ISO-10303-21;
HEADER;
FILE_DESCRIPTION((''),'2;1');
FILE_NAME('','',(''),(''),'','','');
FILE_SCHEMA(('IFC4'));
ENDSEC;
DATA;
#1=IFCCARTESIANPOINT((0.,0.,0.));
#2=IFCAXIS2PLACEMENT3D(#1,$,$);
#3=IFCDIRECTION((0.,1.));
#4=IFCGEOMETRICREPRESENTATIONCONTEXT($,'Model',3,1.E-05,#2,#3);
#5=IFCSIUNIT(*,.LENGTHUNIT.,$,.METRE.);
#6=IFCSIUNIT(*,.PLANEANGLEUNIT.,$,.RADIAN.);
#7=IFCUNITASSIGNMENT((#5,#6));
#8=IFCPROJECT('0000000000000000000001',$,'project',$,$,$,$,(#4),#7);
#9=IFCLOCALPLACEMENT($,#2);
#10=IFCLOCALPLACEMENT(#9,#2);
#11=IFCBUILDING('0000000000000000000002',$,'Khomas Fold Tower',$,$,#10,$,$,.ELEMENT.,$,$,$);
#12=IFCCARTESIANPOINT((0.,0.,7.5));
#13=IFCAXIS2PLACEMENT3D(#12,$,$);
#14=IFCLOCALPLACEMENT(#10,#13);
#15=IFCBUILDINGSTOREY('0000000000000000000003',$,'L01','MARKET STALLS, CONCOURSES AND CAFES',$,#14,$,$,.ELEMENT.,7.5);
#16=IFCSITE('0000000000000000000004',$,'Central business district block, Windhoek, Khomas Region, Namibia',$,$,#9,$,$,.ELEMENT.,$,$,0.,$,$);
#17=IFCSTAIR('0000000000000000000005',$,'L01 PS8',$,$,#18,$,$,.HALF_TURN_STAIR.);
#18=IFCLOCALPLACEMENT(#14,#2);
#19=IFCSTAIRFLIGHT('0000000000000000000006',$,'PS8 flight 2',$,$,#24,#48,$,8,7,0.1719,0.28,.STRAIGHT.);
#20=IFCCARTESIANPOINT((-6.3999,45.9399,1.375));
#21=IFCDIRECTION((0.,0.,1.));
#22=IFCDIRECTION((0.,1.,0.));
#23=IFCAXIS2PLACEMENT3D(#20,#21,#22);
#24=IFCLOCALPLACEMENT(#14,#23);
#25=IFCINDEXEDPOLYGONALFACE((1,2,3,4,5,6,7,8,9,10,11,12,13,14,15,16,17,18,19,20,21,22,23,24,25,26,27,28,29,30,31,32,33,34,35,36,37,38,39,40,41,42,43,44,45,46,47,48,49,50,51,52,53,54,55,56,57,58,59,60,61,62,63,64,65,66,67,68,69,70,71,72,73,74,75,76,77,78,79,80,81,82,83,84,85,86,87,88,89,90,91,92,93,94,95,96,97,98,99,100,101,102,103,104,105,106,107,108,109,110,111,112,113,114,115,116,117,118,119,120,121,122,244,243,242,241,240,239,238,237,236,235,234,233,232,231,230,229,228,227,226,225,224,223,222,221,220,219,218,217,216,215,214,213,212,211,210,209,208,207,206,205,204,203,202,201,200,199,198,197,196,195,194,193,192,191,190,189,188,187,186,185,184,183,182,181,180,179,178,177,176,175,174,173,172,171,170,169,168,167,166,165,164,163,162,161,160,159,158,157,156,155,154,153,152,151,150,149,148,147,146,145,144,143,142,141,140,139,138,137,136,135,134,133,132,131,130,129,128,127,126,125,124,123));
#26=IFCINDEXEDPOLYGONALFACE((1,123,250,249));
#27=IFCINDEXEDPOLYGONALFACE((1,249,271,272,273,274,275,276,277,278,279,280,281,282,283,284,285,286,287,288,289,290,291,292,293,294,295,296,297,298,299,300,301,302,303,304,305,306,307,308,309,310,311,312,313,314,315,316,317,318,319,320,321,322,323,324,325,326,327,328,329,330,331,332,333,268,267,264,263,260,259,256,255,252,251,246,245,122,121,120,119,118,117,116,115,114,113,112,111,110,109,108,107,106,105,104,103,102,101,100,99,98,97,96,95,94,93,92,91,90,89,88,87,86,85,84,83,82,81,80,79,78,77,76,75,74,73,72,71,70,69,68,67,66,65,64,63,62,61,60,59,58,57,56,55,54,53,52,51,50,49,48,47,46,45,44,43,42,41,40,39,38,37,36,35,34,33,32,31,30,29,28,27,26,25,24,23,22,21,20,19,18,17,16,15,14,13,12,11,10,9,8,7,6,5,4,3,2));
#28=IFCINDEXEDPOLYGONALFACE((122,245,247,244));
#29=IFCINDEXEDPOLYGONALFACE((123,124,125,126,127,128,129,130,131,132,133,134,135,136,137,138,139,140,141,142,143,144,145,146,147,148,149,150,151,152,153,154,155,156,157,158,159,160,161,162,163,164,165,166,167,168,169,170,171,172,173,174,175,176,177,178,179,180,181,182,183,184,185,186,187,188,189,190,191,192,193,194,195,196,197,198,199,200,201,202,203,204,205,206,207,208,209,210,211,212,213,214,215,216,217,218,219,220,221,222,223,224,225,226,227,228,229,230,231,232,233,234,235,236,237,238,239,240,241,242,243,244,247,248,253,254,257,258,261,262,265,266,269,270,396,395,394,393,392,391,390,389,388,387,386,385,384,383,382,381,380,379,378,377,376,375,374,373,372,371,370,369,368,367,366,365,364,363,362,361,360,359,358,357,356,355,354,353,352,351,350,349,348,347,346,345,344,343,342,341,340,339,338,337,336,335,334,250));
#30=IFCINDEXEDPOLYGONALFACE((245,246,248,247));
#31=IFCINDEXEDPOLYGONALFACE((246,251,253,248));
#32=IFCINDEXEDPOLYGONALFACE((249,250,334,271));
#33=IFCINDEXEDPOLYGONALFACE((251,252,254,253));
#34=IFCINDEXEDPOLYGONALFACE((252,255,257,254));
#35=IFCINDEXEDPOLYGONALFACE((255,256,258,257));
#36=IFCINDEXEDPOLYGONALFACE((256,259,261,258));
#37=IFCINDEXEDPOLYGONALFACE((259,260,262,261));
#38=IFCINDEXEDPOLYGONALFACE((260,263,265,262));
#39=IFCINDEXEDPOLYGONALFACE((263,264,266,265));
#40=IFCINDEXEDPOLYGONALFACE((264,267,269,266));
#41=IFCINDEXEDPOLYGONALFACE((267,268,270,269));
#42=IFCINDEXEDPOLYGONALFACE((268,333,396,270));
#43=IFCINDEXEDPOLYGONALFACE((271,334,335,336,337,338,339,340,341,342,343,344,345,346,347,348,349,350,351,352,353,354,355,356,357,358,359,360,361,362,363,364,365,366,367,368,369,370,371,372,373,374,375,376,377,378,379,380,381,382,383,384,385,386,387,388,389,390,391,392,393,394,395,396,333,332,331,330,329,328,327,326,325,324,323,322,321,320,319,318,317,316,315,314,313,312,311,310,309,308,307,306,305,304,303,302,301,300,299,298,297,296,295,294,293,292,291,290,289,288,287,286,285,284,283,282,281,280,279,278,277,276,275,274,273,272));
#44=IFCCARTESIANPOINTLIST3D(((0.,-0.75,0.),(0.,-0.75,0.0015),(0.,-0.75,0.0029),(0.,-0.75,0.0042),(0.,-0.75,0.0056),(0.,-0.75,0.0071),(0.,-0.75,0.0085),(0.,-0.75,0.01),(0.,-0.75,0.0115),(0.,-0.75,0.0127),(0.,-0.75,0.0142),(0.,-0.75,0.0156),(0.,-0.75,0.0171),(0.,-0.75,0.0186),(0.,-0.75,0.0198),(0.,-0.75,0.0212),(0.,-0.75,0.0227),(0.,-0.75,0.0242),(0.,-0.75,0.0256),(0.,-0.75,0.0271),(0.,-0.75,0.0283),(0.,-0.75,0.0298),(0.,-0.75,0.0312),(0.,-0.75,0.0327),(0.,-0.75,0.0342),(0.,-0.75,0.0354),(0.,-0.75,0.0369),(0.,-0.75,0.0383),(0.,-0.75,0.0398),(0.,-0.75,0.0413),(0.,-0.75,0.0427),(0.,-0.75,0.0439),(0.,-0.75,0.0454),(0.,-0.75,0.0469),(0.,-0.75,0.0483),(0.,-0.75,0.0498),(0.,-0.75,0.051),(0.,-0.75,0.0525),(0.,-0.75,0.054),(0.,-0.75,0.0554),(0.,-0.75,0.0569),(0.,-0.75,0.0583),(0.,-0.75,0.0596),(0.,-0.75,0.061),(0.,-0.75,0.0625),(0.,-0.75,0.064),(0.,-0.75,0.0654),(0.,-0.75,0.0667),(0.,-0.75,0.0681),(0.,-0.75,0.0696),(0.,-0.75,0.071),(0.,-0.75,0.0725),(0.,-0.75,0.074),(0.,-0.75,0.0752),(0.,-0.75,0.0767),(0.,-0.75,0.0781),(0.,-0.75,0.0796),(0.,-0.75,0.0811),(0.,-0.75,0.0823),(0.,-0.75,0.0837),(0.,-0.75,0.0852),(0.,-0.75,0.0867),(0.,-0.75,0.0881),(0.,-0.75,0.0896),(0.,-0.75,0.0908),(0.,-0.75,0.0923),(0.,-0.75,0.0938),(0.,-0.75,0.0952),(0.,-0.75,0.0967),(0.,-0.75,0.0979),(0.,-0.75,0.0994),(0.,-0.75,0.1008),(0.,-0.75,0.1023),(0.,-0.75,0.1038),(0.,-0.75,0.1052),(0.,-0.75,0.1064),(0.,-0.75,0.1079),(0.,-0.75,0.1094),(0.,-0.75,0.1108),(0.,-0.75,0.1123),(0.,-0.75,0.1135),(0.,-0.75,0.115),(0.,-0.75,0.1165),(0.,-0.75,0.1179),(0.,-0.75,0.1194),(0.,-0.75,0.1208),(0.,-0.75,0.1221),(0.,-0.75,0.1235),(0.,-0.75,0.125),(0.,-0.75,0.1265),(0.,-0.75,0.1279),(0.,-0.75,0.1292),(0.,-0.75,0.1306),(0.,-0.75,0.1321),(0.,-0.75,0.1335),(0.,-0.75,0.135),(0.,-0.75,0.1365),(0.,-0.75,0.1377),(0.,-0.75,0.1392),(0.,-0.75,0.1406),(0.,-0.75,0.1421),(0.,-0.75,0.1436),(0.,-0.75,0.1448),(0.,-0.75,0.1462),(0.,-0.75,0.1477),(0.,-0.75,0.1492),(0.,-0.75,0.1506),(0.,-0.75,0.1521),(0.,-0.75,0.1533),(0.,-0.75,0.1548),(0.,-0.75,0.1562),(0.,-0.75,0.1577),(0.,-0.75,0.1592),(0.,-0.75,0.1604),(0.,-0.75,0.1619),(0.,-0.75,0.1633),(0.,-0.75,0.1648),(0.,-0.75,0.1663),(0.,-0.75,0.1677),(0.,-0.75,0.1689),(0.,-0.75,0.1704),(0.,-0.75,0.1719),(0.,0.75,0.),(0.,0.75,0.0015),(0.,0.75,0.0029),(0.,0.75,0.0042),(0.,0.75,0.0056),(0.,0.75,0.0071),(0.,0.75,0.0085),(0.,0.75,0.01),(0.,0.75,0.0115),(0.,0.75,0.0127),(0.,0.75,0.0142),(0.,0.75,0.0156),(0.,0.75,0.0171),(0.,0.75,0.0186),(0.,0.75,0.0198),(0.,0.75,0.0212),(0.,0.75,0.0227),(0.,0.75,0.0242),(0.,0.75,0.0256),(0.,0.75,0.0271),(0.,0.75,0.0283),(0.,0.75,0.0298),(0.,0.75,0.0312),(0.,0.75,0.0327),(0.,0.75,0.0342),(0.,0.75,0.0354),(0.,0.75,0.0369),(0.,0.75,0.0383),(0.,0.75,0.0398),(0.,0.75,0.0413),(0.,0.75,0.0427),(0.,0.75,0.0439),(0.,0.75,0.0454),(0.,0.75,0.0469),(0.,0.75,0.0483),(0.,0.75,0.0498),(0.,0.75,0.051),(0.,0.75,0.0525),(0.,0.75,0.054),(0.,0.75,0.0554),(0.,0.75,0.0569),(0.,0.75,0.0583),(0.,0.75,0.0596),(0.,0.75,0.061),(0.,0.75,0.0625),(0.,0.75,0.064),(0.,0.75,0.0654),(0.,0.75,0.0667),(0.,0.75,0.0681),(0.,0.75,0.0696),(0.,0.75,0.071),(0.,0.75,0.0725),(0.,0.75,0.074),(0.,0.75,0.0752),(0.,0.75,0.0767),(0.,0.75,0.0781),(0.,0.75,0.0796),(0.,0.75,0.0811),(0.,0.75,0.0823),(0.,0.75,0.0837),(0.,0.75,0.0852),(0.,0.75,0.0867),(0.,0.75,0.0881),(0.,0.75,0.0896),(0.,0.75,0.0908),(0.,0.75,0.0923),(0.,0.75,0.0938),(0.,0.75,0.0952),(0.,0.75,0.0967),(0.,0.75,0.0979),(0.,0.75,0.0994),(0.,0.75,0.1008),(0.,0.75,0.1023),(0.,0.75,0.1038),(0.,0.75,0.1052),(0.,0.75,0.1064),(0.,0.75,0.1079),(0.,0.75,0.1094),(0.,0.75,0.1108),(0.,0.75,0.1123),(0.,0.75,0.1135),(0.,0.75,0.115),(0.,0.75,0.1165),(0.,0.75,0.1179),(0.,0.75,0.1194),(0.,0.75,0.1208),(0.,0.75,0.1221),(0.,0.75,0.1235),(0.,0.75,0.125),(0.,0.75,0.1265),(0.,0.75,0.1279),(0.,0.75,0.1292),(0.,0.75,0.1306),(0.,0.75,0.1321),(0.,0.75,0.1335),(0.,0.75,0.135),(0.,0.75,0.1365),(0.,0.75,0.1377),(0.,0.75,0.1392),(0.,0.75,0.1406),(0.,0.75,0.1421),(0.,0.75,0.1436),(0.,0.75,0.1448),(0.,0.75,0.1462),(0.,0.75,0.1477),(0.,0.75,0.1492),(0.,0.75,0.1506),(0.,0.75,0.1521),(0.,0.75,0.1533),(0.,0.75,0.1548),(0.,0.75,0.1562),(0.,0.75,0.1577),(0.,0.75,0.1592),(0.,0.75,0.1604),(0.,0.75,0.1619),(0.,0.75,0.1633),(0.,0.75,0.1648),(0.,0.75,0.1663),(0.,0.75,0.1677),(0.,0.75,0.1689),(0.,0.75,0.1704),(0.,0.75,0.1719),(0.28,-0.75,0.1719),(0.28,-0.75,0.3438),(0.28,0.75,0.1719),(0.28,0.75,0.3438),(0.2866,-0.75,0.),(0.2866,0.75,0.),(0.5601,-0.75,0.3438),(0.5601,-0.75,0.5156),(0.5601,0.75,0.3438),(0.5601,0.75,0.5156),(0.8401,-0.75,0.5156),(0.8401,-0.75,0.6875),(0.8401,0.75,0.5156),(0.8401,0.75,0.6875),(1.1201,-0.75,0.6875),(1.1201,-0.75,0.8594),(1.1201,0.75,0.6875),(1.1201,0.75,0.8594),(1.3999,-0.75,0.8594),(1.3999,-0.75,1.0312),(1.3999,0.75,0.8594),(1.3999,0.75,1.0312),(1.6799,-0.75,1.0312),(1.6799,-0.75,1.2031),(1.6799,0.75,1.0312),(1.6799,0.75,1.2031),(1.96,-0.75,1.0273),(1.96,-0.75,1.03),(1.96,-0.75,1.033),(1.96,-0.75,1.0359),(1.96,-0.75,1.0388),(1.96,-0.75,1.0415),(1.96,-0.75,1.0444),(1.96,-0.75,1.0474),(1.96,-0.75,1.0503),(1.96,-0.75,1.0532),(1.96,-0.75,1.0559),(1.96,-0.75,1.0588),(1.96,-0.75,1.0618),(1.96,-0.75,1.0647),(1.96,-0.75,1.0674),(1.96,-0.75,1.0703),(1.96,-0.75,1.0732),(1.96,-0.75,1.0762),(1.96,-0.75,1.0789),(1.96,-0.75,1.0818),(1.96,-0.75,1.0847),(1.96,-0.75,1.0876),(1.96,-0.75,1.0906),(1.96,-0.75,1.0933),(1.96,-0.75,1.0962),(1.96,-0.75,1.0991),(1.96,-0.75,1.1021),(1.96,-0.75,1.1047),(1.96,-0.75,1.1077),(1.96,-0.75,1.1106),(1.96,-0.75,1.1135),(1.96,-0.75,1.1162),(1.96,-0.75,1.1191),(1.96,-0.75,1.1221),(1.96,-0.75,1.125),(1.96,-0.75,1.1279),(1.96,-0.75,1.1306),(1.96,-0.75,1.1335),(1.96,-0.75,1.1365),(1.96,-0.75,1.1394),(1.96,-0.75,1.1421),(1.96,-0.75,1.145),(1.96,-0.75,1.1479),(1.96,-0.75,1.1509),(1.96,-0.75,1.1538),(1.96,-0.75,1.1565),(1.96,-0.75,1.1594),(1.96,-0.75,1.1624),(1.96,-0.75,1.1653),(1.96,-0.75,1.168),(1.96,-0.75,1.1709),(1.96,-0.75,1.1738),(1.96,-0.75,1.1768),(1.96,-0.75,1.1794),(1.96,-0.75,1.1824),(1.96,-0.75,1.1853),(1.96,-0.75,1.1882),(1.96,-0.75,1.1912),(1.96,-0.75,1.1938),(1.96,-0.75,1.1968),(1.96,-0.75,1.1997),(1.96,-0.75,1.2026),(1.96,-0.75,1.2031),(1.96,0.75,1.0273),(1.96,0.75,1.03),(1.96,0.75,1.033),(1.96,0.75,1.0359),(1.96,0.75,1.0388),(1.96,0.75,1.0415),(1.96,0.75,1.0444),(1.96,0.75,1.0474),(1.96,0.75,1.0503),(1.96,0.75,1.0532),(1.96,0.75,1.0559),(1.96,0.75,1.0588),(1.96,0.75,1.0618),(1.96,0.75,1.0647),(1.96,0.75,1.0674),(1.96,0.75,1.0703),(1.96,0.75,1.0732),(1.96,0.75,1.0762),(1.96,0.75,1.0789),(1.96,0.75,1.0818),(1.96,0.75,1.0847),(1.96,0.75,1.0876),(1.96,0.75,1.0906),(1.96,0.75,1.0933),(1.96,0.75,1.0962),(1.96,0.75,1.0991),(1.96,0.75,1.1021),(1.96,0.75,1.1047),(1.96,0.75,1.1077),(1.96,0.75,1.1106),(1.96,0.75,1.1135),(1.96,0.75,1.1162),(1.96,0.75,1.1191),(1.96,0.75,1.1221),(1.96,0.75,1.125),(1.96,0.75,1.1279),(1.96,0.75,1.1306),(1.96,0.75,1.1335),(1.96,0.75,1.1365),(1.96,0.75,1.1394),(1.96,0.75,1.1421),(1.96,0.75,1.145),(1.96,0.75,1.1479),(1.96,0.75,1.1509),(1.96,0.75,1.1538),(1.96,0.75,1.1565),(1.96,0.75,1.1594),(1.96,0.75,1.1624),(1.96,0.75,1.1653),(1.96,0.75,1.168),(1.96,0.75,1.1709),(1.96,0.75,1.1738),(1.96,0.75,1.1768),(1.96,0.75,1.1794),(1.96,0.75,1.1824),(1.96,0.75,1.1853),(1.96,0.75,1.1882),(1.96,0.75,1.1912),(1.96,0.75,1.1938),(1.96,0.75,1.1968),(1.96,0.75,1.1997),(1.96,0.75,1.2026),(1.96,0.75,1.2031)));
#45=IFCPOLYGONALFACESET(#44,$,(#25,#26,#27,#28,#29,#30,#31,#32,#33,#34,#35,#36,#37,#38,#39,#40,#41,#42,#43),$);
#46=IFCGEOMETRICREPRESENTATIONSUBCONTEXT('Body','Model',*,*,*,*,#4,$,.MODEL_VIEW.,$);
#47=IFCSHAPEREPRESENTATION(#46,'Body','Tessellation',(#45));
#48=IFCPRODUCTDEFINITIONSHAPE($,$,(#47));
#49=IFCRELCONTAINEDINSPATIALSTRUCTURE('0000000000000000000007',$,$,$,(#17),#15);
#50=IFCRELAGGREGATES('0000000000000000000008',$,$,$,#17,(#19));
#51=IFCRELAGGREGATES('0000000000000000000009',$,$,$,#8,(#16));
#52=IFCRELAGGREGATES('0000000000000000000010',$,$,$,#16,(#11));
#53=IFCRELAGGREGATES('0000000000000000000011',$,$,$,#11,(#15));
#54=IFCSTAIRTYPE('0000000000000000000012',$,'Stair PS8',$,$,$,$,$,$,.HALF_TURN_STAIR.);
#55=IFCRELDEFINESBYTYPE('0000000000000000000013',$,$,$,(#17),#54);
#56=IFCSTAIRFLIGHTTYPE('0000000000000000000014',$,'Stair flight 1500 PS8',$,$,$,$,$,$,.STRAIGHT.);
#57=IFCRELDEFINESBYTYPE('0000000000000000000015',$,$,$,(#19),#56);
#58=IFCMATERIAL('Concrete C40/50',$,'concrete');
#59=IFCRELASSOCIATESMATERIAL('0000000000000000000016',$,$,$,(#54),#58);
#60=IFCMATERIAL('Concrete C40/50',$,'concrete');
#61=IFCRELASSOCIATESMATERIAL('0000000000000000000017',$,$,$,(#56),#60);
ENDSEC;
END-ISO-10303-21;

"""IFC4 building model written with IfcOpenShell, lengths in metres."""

from ifc_helpers import new_model, si_unit, direction, frame, origin, place, context, subcontext, project, spatial, polyline, outline, extrude, source, transform, mapped, material, type_object, element, aggregate, save


model = new_model("IFC4")

# Units and contexts
model_context = context("Model", 3, precision=1e-05, world=origin(), true_north=direction((0.0, 1.0)))
body_context = subcontext(model_context, "Body", "Model", "MODEL_VIEW")
ifc_project = project(units=[si_unit("LENGTHUNIT", "METRE"), si_unit("PLANEANGLEUNIT", "RADIAN")], contexts=[model_context])

# Site, building, storey
site_placement = place(None, origin())
site = spatial("IfcSite", under=ifc_project, at=site_placement, Name="Central business district block, Windhoek, Khomas Region, Namibia", CompositionType="ELEMENT", RefElevation=0.0)
building_placement = place(site_placement, origin())
building = spatial("IfcBuilding", under=site, at=building_placement, Name="Khomas Fold Tower", CompositionType="ELEMENT")
storey_placement = place(building_placement, frame((0.0, 0.0, 7.5)))
storey = spatial("IfcBuildingStorey", under=building, at=storey_placement, Name="L01", Description="MARKET STALLS, CONCOURSES AND CAFES", CompositionType="ELEMENT", Elevation=7.5)

# Stair, stair flight
ifc_material_1 = material(Name="Concrete C40/50", Category="concrete")
stair_type = type_object("IfcStairType", Name="Stair PS8", PredefinedType="HALF_TURN_STAIR", material=ifc_material_1)
stair_placement = place(storey_placement, origin())
stair = element("IfcStair", 1, at=stair_placement, inside=storey, type_object=stair_type, Name="L01 PS8", PredefinedType="HALF_TURN_STAIR")
ifc_material_2 = material(Name="Concrete C40/50", Category="concrete")
stair_flight_type = type_object("IfcStairFlightType", Name="Stair flight 1500 PS8", PredefinedType="STRAIGHT", material=ifc_material_2)
shared_shape_1 = source(origin(), body_context, "Body", "SweptSolid", [
    extrude(outline(polyline([(0.0, 0.0), (0.0, 0.0015), (0.0, 0.0029), (0.0, 0.0042), (0.0, 0.0056), (0.0, 0.0071), (0.0, 0.0085), (0.0, 0.01), (0.0, 0.0115), (0.0, 0.0127), (0.0, 0.0142), (0.0, 0.0156), (0.0, 0.0171), (0.0, 0.0186), (0.0, 0.0198), (0.0, 0.0212), (0.0, 0.0227), (0.0, 0.0242), (0.0, 0.0256), (0.0, 0.0271), (0.0, 0.0283), (0.0, 0.0298), (0.0, 0.0312), (0.0, 0.0327), (0.0, 0.0342), (0.0, 0.0354), (0.0, 0.0369), (0.0, 0.0383), (0.0, 0.0398), (0.0, 0.0413), (0.0, 0.0427), (0.0, 0.0439), (0.0, 0.0454), (0.0, 0.0469), (0.0, 0.0483), (0.0, 0.0498), (0.0, 0.051), (0.0, 0.0525), (0.0, 0.054), (0.0, 0.0554), (0.0, 0.0569), (0.0, 0.0583), (0.0, 0.0596), (0.0, 0.061), (0.0, 0.0625), (0.0, 0.064), (0.0, 0.0654), (0.0, 0.0667), (0.0, 0.0681), (0.0, 0.0696), (0.0, 0.071), (0.0, 0.0725), (0.0, 0.074), (0.0, 0.0752), (0.0, 0.0767), (0.0, 0.0781), (0.0, 0.0796), (0.0, 0.0811), (0.0, 0.0823), (0.0, 0.0837), (0.0, 0.0852), (0.0, 0.0867), (0.0, 0.0881), (0.0, 0.0896), (0.0, 0.0908), (0.0, 0.0923), (0.0, 0.0938), (0.0, 0.0952), (0.0, 0.0967), (0.0, 0.0979), (0.0, 0.0994), (0.0, 0.1008), (0.0, 0.1023), (0.0, 0.1038), (0.0, 0.1052), (0.0, 0.1064), (0.0, 0.1079), (0.0, 0.1094), (0.0, 0.1108), (0.0, 0.1123), (0.0, 0.1135), (0.0, 0.115), (0.0, 0.1165), (0.0, 0.1179), (0.0, 0.1194), (0.0, 0.1208), (0.0, 0.1221), (0.0, 0.1235), (0.0, 0.125), (0.0, 0.1265), (0.0, 0.1279), (0.0, 0.1292), (0.0, 0.1306), (0.0, 0.1321), (0.0, 0.1335), (0.0, 0.135), (0.0, 0.1365), (0.0, 0.1377), (0.0, 0.1392), (0.0, 0.1406), (0.0, 0.1421), (0.0, 0.1436), (0.0, 0.1448), (0.0, 0.1462), (0.0, 0.1477), (0.0, 0.1492), (0.0, 0.1506), (0.0, 0.1521), (0.0, 0.1533), (0.0, 0.1548), (0.0, 0.1562), (0.0, 0.1577), (0.0, 0.1592), (0.0, 0.1604), (0.0, 0.1619), (0.0, 0.1633), (0.0, 0.1648), (0.0, 0.1663), (0.0, 0.1677), (0.0, 0.1689), (0.0, 0.1704), (0.0, 0.1719), (0.28, 0.1719), (0.28, 0.3438), (0.5601, 0.3438), (0.5601, 0.5156), (0.8401, 0.5156), (0.8401, 0.6875), (1.1201, 0.6875), (1.1201, 0.8594), (1.3999, 0.8594), (1.3999, 1.0312), (1.6799, 1.0312), (1.6799, 1.2031), (1.96, 1.2031), (1.96, 1.375), (1.96, 1.3721), (1.96, 1.3691), (1.96, 1.3665), (1.96, 1.3635), (1.96, 1.3606), (1.96, 1.3577), (1.96, 1.355), (1.96, 1.3521), (1.96, 1.3491), (1.96, 1.3462), (1.96, 1.3435), (1.96, 1.3406), (1.96, 1.3376), (1.96, 1.3347), (1.96, 1.3318), (1.96, 1.3291), (1.96, 1.3262), (1.96, 1.3232), (1.96, 1.3203), (1.96, 1.3176), (1.96, 1.3147), (1.96, 1.3118), (1.96, 1.3088), (1.96, 1.3059), (1.96, 1.3032), (1.96, 1.3003), (1.96, 1.2974), (1.96, 1.2944), (1.96, 1.2917), (1.96, 1.2888), (1.96, 1.2859), (1.96, 1.283), (1.96, 1.2803), (1.96, 1.2773), (1.96, 1.2744), (1.96, 1.2715), (1.96, 1.2686), (1.96, 1.2659), (1.96, 1.2629), (1.96, 1.26), (1.96, 1.2571), (1.96, 1.2544), (1.96, 1.2515), (1.96, 1.2485), (1.96, 1.2456), (1.96, 1.2427), (1.96, 1.24), (1.96, 1.2371), (1.96, 1.2341), (1.96, 1.2312), (1.96, 1.2285), (1.96, 1.2256), (1.96, 1.2227), (1.96, 1.2197), (1.96, 1.217), (1.96, 1.2141), (1.96, 1.2112), (1.96, 1.2083), (1.96, 1.2053), (1.96, 1.2026), (1.96, 1.1997), (1.96, 1.1968), (1.96, 1.1938), (1.96, 1.1912), (1.96, 1.1882), (1.96, 1.1853), (1.96, 1.1824), (1.96, 1.1794), (1.96, 1.1768), (1.96, 1.1738), (1.96, 1.1709), (1.96, 1.168), (1.96, 1.1653), (1.96, 1.1624), (1.96, 1.1594), (1.96, 1.1565), (1.96, 1.1538), (1.96, 1.1509), (1.96, 1.1479), (1.96, 1.145), (1.96, 1.1421), (1.96, 1.1394), (1.96, 1.1365), (1.96, 1.1335), (1.96, 1.1306), (1.96, 1.1279), (1.96, 1.125), (1.96, 1.1221), (1.96, 1.1191), (1.96, 1.1162), (1.96, 1.1135), (1.96, 1.1106), (1.96, 1.1077), (1.96, 1.1047), (1.96, 1.1021), (1.96, 1.0991), (1.96, 1.0962), (1.96, 1.0933), (1.96, 1.0906), (1.96, 1.0876), (1.96, 1.0847), (1.96, 1.0818), (1.96, 1.0789), (1.96, 1.0762), (1.96, 1.0732), (1.96, 1.0703), (1.96, 1.0674), (1.96, 1.0647), (1.96, 1.0618), (1.96, 1.0588), (1.96, 1.0559), (1.96, 1.0532), (1.96, 1.0503), (1.96, 1.0474), (1.96, 1.0444), (1.96, 1.0415), (1.96, 1.0388), (1.96, 1.0359), (1.96, 1.033), (1.96, 1.03), (1.96, 1.0273), (0.2866, 0.0), (0.0, 0.0)])), frame((0.0, 0.75, 0.0), z_axis=(0.0, -1.0, 0.0), x_axis=(1.0, 0.0, 0.0)), (0.0, 0.0, 1.0), 1.5),
])
stair_flight_1_placement = place(storey_placement, frame((-6.3999, 45.9399, 1.375), z_axis=(0.0, 0.0, 1.0), x_axis=(0.0, 1.0, 0.0)))
stair_flight_1 = element("IfcStairFlight", 2, at=stair_flight_1_placement, type_object=stair_flight_type, Name="PS8 flight 2", NumberOfRisers=8, NumberOfTreads=7, PredefinedType="STRAIGHT", RiserHeight=0.1719, TreadLength=0.28, context=body_context, shape_type="MappedRepresentation", body=[
    mapped(shared_shape_1, transform((0.0, 0.0, 0.0))),
])
aggregate(stair, [stair_flight_1])

save(model, "model.ifc")
